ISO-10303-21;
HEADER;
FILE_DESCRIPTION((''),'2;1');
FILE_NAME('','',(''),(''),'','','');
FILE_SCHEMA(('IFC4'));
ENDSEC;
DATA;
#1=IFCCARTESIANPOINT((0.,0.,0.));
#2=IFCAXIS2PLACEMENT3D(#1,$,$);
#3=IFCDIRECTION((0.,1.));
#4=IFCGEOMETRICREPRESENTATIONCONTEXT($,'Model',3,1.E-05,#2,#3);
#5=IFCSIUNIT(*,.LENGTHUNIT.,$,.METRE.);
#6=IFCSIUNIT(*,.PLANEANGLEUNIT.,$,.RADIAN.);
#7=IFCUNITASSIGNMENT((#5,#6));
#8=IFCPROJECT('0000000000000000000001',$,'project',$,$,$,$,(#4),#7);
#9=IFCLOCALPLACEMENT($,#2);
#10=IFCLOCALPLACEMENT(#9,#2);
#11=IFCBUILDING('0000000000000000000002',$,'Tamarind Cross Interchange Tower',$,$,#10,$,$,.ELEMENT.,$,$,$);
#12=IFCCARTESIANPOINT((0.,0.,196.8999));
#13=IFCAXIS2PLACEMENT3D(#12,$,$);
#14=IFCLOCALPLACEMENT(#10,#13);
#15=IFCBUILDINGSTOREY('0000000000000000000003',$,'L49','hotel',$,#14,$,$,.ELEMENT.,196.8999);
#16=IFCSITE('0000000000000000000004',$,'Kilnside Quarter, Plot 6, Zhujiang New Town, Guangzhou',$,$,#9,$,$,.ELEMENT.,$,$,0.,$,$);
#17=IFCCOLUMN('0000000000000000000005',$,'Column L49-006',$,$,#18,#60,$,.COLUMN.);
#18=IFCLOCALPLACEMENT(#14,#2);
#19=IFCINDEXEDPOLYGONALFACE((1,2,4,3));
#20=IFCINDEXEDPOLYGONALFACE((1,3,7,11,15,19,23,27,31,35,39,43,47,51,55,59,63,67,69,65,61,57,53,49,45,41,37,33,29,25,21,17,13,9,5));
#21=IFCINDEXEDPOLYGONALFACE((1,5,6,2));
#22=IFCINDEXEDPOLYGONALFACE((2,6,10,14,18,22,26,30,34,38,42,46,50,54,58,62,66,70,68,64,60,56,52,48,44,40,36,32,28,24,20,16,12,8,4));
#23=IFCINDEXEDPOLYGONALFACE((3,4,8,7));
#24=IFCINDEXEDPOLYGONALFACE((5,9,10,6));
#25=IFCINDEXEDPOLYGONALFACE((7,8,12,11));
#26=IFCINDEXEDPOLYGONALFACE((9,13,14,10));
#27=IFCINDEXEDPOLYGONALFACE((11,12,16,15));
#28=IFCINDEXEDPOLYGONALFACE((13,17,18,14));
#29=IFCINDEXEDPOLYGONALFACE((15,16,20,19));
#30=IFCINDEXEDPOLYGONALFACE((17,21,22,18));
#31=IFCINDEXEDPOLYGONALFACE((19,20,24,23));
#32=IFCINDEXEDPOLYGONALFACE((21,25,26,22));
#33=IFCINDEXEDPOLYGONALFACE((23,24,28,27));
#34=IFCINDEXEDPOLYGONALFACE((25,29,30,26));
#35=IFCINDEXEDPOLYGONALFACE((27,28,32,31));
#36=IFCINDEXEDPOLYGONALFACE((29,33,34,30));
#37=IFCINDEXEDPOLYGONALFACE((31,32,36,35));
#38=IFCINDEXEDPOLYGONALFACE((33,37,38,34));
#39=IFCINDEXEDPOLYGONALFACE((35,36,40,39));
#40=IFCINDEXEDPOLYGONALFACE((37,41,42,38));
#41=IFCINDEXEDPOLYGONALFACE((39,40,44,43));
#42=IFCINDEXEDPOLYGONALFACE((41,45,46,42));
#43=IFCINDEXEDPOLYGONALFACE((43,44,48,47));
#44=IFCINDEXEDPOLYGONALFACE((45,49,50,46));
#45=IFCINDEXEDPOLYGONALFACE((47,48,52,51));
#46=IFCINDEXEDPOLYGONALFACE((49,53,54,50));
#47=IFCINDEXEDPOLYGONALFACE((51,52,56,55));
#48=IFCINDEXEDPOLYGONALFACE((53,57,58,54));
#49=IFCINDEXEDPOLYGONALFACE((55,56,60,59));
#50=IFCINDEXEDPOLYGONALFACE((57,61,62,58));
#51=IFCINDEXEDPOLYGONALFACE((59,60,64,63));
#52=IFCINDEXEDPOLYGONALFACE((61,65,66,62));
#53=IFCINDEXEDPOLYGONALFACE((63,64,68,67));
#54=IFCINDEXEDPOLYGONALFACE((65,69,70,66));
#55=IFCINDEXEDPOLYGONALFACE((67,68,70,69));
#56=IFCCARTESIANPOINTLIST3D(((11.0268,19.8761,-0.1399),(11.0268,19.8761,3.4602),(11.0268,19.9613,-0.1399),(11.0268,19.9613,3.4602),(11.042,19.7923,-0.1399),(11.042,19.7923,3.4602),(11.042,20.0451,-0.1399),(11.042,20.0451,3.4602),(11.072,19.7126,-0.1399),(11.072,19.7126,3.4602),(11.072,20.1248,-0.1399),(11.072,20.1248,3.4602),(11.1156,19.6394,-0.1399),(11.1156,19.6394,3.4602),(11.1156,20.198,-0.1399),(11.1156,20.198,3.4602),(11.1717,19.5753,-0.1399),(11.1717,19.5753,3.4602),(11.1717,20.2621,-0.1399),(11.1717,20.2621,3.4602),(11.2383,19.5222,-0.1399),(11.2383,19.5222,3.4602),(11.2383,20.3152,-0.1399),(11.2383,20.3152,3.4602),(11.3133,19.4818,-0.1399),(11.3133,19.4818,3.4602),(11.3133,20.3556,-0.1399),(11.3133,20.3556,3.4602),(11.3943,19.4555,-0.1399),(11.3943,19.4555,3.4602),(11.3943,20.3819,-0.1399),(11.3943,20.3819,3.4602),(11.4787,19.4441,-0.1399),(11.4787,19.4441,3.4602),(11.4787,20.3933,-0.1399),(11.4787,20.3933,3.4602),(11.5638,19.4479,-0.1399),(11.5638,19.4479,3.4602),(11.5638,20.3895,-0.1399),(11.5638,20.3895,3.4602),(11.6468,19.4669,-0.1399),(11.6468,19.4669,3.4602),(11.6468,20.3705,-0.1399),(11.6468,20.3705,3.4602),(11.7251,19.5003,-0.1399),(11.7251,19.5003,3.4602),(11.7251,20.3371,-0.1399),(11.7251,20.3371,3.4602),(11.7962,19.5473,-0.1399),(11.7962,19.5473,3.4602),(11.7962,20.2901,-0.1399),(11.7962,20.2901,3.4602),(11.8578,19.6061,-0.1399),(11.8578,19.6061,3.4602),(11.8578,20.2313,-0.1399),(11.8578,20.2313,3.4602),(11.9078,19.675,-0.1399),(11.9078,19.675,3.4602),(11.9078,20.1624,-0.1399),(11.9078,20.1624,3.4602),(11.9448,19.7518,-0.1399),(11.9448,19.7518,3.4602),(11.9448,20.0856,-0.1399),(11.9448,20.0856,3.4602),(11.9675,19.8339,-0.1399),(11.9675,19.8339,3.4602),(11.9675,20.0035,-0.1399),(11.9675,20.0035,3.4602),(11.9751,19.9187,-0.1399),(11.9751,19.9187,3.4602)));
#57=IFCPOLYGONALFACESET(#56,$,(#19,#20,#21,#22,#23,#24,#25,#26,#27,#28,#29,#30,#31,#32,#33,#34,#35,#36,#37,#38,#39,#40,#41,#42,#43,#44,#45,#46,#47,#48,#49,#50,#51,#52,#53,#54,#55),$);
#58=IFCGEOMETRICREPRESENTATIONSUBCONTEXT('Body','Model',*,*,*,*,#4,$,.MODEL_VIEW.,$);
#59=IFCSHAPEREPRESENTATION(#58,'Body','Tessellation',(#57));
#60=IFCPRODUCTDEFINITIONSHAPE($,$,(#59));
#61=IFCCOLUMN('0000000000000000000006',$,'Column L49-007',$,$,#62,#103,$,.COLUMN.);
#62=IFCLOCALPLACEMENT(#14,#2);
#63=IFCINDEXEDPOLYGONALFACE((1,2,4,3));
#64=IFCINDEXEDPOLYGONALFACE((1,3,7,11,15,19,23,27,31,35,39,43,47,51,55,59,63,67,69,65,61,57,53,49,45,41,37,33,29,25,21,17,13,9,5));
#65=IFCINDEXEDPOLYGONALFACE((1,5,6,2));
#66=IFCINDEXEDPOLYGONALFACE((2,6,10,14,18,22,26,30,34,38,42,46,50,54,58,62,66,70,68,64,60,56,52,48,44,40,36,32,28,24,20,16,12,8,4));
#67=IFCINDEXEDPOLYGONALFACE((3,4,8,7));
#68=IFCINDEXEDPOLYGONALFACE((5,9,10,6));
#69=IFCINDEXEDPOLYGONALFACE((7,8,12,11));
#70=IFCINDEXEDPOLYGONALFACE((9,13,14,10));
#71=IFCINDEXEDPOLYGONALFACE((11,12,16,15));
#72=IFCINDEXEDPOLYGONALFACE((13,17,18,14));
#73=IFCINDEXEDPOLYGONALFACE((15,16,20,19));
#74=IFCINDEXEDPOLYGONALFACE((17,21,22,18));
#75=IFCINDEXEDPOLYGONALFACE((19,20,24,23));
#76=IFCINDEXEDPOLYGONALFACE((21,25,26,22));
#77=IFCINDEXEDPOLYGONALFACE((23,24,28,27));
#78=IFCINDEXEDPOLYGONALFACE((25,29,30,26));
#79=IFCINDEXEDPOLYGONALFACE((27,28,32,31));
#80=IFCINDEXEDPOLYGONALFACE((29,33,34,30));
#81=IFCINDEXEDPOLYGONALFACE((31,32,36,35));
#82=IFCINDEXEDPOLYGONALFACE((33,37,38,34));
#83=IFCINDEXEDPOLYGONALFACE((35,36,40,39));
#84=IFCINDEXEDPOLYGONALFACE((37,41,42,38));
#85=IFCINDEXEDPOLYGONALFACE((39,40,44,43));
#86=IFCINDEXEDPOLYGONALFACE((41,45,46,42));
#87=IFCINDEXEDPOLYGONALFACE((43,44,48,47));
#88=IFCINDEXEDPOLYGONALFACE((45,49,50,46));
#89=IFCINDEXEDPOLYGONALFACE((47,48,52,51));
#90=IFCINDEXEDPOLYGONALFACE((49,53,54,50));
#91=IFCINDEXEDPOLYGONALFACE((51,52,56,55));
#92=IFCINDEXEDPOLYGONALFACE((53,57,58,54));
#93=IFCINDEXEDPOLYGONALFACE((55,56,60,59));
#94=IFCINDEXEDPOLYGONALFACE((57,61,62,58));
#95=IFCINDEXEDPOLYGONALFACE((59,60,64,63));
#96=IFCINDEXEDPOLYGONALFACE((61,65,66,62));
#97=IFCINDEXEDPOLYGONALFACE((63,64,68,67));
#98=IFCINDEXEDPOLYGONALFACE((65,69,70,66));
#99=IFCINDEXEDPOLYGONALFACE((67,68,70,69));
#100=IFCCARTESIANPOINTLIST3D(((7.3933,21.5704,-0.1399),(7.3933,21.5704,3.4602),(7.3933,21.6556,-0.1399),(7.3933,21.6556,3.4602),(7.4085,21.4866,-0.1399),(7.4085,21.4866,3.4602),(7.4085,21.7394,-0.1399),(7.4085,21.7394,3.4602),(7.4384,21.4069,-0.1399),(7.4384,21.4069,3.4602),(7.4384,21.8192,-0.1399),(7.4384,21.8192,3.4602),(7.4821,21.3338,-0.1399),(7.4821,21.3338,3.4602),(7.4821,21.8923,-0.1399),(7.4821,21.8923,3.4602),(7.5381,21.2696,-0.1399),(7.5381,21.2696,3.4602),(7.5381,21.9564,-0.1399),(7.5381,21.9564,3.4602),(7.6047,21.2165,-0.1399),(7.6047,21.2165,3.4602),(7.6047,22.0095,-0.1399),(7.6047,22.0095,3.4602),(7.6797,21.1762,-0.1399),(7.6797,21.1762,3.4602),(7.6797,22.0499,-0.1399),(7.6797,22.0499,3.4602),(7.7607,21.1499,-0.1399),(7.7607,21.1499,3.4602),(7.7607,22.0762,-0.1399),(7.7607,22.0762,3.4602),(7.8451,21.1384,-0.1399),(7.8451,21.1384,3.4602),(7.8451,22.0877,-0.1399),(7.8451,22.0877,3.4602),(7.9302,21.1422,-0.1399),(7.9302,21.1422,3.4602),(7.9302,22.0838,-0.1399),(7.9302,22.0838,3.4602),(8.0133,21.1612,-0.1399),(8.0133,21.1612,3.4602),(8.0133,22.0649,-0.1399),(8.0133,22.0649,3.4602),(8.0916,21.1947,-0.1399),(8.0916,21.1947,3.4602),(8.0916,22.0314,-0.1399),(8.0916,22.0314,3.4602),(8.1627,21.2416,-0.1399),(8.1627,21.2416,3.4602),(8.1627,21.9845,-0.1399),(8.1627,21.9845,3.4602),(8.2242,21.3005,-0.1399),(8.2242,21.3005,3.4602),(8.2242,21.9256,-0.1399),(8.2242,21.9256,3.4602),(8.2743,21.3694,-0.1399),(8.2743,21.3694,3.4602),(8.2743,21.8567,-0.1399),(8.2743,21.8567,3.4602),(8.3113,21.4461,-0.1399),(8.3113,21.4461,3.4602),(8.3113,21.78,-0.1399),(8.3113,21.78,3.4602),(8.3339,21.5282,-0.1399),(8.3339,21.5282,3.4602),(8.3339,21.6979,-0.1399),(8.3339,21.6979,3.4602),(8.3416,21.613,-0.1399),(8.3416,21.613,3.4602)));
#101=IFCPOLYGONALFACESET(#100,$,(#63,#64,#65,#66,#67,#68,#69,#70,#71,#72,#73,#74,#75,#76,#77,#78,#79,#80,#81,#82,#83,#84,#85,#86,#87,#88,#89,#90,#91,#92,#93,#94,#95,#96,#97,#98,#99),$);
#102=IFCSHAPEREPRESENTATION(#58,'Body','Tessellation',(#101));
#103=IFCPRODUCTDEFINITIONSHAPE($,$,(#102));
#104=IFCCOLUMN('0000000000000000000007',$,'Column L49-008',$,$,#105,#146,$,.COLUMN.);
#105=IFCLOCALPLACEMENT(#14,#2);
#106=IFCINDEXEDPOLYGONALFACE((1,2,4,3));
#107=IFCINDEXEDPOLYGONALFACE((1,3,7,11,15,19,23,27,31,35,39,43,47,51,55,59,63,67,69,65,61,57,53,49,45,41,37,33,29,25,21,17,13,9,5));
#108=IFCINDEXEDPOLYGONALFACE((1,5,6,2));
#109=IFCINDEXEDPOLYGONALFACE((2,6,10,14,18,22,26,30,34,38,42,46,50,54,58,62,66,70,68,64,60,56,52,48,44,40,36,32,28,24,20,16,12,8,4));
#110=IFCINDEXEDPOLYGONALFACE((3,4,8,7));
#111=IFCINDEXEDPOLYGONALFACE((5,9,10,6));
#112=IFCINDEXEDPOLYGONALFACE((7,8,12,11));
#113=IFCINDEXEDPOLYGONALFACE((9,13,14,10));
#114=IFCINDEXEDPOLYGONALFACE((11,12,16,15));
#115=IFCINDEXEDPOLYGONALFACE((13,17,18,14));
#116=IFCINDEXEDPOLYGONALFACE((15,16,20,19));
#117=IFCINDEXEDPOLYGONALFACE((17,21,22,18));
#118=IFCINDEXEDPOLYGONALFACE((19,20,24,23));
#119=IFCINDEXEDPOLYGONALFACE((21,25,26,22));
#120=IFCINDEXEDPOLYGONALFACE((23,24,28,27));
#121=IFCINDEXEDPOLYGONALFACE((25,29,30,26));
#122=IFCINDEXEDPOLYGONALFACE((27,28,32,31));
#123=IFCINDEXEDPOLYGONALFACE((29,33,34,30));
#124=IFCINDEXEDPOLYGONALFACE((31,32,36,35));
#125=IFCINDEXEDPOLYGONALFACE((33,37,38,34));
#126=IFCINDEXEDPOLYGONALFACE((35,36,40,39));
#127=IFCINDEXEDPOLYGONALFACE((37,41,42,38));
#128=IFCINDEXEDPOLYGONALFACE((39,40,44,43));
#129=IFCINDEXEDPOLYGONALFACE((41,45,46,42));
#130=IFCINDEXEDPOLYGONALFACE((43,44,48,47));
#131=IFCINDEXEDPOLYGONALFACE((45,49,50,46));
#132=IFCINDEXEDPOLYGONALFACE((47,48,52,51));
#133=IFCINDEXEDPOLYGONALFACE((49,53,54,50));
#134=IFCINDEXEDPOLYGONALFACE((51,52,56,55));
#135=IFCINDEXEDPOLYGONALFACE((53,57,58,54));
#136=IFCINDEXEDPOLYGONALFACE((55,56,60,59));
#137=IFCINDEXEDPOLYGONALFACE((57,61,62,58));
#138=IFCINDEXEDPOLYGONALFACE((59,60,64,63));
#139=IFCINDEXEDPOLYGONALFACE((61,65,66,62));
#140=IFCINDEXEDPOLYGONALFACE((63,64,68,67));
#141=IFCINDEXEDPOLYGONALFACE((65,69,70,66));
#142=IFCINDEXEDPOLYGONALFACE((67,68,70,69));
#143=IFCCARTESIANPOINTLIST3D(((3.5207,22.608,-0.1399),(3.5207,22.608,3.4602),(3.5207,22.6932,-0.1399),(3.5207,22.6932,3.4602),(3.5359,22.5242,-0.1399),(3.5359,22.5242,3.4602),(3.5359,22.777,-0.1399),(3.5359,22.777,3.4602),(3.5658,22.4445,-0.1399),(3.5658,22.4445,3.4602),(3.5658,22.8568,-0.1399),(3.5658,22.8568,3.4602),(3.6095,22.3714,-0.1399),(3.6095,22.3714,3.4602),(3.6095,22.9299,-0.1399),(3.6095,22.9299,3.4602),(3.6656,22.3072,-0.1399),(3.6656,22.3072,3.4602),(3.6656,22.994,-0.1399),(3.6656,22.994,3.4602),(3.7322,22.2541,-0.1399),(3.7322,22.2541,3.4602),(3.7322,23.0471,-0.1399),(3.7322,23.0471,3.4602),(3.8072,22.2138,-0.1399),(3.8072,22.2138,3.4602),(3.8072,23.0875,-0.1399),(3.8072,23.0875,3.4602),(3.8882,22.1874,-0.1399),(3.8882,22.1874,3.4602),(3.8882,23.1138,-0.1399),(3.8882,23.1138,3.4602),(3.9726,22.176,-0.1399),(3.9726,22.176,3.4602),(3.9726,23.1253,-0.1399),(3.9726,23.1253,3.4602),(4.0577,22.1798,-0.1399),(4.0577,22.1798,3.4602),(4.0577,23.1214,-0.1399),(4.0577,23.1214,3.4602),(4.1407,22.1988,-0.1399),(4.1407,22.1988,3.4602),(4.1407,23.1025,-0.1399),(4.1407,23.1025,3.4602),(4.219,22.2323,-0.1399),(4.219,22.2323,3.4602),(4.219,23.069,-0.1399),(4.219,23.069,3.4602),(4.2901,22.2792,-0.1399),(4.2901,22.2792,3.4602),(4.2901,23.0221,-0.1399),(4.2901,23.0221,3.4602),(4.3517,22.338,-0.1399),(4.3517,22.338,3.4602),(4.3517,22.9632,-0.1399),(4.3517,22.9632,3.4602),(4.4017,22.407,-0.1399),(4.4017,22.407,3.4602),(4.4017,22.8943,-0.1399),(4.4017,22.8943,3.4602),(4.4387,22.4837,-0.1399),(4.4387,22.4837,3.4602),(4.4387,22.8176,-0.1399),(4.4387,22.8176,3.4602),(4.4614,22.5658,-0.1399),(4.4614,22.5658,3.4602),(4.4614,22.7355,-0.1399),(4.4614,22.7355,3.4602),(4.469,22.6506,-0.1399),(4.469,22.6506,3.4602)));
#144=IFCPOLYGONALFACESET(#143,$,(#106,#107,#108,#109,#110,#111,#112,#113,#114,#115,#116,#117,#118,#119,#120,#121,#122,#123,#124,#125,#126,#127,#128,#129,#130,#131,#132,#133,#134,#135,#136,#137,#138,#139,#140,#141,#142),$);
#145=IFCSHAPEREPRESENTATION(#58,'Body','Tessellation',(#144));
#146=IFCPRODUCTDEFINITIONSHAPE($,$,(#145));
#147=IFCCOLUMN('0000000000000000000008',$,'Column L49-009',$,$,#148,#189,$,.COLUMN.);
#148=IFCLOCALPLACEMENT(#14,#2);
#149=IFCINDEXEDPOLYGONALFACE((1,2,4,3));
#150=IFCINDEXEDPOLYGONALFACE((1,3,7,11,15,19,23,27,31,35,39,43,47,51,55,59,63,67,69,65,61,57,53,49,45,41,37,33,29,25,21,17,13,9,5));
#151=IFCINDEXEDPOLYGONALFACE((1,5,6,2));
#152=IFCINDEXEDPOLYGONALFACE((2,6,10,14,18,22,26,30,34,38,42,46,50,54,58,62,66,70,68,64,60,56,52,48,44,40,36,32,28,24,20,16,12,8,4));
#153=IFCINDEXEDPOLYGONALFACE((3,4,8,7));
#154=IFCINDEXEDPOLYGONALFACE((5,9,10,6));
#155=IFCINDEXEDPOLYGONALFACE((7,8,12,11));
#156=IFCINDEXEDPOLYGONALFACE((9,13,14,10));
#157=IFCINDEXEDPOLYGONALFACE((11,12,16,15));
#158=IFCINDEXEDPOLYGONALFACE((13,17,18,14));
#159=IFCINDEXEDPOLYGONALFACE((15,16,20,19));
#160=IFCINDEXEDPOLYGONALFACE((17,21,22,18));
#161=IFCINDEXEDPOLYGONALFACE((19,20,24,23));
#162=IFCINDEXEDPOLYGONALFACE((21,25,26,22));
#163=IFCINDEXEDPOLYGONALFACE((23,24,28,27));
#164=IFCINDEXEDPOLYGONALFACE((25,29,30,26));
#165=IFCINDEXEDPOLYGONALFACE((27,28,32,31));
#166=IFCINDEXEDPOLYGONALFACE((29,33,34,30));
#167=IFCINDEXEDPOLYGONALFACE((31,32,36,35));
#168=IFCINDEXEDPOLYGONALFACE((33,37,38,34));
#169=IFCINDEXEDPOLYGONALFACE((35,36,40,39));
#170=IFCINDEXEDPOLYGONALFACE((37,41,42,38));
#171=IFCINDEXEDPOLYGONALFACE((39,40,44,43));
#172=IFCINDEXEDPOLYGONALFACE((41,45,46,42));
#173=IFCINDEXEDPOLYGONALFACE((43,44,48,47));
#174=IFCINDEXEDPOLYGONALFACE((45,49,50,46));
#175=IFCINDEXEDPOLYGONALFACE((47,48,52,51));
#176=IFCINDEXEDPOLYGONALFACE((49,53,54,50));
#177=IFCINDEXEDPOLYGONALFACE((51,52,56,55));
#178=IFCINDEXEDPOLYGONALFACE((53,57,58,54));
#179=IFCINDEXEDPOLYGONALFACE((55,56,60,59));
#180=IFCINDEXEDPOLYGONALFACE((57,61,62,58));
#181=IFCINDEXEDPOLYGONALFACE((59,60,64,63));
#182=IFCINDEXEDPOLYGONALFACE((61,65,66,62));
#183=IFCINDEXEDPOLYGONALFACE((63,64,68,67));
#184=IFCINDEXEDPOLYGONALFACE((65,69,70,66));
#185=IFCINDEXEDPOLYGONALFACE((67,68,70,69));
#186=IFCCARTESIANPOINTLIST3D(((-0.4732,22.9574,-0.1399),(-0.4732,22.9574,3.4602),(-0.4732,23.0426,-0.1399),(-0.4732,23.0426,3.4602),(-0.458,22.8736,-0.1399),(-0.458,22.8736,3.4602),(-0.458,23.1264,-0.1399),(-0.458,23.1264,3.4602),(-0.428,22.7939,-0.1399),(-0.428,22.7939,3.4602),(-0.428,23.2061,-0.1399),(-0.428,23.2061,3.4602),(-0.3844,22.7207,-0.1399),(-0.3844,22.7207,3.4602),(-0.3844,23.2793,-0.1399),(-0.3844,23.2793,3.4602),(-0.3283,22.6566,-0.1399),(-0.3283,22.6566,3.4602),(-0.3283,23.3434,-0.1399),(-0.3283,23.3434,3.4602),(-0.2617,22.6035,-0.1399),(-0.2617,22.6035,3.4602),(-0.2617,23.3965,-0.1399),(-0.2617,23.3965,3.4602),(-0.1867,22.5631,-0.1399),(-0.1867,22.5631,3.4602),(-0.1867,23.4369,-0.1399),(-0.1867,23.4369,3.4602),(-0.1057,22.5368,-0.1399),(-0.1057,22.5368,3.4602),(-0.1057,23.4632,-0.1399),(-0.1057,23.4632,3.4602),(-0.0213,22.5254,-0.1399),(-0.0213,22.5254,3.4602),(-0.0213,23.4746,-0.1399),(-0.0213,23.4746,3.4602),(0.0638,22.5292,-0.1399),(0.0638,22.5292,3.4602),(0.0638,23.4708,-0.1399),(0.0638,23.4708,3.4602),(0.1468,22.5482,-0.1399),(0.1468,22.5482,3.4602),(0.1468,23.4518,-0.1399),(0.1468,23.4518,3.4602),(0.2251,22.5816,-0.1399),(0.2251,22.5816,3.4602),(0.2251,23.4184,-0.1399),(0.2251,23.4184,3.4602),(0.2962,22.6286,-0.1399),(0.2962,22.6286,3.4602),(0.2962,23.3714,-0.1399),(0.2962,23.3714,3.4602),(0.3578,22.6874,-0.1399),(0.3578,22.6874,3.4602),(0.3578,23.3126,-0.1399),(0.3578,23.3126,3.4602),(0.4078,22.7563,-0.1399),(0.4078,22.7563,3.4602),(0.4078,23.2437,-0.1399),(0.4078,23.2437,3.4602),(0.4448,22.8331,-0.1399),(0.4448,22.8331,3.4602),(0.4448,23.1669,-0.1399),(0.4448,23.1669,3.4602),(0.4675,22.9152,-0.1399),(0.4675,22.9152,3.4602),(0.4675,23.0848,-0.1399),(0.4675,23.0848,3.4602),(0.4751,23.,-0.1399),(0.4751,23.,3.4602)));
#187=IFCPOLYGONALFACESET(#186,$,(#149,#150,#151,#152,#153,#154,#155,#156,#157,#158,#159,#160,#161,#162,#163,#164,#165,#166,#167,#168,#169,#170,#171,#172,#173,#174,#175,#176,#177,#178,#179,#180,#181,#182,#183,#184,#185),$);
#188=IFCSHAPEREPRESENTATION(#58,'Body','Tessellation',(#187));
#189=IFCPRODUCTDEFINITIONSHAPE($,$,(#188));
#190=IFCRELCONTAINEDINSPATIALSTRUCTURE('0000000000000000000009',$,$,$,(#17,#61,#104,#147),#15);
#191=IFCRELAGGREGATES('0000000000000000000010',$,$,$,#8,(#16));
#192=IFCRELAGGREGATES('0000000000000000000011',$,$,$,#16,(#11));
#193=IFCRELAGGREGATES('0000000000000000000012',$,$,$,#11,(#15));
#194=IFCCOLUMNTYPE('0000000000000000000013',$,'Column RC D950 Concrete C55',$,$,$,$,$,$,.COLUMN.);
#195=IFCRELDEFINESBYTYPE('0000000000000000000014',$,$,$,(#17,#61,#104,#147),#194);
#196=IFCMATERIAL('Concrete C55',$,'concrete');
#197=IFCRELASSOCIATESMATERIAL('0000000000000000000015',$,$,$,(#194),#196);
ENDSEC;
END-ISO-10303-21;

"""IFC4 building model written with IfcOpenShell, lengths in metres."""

from ifc_helpers import new_model, si_unit, direction, frame, origin, origin_2d, place, context, subcontext, project, spatial, circle, extrude, material, material_profile, profile_set, type_object, element, save


model = new_model("IFC4")

# Units and contexts
model_context = context("Model", 3, precision=1e-05, world=origin(), true_north=direction((0.0, 1.0)))
body_context = subcontext(model_context, "Body", "Model", "MODEL_VIEW")
ifc_project = project(units=[si_unit("LENGTHUNIT", "METRE"), si_unit("PLANEANGLEUNIT", "RADIAN")], contexts=[model_context])

# Site, building, storey
site_placement = place(None, origin())
site = spatial("IfcSite", under=ifc_project, at=site_placement, Name="Kilnside Quarter, Plot 6, Zhujiang New Town, Guangzhou", CompositionType="ELEMENT", RefElevation=0.0)
building_placement = place(site_placement, origin())
building = spatial("IfcBuilding", under=site, at=building_placement, Name="Tamarind Cross Interchange Tower", CompositionType="ELEMENT")
storey_placement = place(building_placement, frame((0.0, 0.0, 196.8999)))
storey = spatial("IfcBuildingStorey", under=building, at=storey_placement, Name="L49", Description="hotel", CompositionType="ELEMENT", Elevation=196.8999)

# Columns
ifc_material_1 = material(Name="Concrete C55", Category="concrete")
ifc_material_profile_1 = material_profile(ifc_material_1, circle(Radius=0.4751, at=origin_2d()), Name="RC D950")
ifc_profile_set_1 = profile_set([ifc_material_profile_1], Name="Concrete C55")
column_type = type_object("IfcColumnType", Name="Column RC D950 Concrete C55", PredefinedType="COLUMN", material=ifc_profile_set_1)
for number, where, z_axis, x_axis, name in (
    (1, (11.5, 19.9187, -0.1399), (0.0, 0.0, 1.0), (1.0, 0.0, 0.0), "Column L49-006"),
    (2, (7.8665, 21.613, -0.1399), (0.0, 0.0, 1.0), (1.0, 0.0, 0.0), "Column L49-007"),
    (3, (3.9939, 22.6506, -0.1399), (0.0, 0.0, 1.0), (1.0, 0.0, 0.0), "Column L49-008"),
    (4, (0.0, 23.0, -0.1399), (0.0, 0.0, 1.0), (1.0, 0.0, 0.0), "Column L49-009"),
):
    element("IfcColumn", number, at=place(storey_placement, frame(where, z_axis=z_axis, x_axis=x_axis)), inside=storey, type_object=column_type, Name=name, PredefinedType="COLUMN", context=body_context, shape_type="SweptSolid", body=[
        extrude(circle(Radius=0.4751, at=origin_2d()), origin(), (0.0, 0.0, 1.0), 3.6001),
    ])

save(model, "model.ifc")
